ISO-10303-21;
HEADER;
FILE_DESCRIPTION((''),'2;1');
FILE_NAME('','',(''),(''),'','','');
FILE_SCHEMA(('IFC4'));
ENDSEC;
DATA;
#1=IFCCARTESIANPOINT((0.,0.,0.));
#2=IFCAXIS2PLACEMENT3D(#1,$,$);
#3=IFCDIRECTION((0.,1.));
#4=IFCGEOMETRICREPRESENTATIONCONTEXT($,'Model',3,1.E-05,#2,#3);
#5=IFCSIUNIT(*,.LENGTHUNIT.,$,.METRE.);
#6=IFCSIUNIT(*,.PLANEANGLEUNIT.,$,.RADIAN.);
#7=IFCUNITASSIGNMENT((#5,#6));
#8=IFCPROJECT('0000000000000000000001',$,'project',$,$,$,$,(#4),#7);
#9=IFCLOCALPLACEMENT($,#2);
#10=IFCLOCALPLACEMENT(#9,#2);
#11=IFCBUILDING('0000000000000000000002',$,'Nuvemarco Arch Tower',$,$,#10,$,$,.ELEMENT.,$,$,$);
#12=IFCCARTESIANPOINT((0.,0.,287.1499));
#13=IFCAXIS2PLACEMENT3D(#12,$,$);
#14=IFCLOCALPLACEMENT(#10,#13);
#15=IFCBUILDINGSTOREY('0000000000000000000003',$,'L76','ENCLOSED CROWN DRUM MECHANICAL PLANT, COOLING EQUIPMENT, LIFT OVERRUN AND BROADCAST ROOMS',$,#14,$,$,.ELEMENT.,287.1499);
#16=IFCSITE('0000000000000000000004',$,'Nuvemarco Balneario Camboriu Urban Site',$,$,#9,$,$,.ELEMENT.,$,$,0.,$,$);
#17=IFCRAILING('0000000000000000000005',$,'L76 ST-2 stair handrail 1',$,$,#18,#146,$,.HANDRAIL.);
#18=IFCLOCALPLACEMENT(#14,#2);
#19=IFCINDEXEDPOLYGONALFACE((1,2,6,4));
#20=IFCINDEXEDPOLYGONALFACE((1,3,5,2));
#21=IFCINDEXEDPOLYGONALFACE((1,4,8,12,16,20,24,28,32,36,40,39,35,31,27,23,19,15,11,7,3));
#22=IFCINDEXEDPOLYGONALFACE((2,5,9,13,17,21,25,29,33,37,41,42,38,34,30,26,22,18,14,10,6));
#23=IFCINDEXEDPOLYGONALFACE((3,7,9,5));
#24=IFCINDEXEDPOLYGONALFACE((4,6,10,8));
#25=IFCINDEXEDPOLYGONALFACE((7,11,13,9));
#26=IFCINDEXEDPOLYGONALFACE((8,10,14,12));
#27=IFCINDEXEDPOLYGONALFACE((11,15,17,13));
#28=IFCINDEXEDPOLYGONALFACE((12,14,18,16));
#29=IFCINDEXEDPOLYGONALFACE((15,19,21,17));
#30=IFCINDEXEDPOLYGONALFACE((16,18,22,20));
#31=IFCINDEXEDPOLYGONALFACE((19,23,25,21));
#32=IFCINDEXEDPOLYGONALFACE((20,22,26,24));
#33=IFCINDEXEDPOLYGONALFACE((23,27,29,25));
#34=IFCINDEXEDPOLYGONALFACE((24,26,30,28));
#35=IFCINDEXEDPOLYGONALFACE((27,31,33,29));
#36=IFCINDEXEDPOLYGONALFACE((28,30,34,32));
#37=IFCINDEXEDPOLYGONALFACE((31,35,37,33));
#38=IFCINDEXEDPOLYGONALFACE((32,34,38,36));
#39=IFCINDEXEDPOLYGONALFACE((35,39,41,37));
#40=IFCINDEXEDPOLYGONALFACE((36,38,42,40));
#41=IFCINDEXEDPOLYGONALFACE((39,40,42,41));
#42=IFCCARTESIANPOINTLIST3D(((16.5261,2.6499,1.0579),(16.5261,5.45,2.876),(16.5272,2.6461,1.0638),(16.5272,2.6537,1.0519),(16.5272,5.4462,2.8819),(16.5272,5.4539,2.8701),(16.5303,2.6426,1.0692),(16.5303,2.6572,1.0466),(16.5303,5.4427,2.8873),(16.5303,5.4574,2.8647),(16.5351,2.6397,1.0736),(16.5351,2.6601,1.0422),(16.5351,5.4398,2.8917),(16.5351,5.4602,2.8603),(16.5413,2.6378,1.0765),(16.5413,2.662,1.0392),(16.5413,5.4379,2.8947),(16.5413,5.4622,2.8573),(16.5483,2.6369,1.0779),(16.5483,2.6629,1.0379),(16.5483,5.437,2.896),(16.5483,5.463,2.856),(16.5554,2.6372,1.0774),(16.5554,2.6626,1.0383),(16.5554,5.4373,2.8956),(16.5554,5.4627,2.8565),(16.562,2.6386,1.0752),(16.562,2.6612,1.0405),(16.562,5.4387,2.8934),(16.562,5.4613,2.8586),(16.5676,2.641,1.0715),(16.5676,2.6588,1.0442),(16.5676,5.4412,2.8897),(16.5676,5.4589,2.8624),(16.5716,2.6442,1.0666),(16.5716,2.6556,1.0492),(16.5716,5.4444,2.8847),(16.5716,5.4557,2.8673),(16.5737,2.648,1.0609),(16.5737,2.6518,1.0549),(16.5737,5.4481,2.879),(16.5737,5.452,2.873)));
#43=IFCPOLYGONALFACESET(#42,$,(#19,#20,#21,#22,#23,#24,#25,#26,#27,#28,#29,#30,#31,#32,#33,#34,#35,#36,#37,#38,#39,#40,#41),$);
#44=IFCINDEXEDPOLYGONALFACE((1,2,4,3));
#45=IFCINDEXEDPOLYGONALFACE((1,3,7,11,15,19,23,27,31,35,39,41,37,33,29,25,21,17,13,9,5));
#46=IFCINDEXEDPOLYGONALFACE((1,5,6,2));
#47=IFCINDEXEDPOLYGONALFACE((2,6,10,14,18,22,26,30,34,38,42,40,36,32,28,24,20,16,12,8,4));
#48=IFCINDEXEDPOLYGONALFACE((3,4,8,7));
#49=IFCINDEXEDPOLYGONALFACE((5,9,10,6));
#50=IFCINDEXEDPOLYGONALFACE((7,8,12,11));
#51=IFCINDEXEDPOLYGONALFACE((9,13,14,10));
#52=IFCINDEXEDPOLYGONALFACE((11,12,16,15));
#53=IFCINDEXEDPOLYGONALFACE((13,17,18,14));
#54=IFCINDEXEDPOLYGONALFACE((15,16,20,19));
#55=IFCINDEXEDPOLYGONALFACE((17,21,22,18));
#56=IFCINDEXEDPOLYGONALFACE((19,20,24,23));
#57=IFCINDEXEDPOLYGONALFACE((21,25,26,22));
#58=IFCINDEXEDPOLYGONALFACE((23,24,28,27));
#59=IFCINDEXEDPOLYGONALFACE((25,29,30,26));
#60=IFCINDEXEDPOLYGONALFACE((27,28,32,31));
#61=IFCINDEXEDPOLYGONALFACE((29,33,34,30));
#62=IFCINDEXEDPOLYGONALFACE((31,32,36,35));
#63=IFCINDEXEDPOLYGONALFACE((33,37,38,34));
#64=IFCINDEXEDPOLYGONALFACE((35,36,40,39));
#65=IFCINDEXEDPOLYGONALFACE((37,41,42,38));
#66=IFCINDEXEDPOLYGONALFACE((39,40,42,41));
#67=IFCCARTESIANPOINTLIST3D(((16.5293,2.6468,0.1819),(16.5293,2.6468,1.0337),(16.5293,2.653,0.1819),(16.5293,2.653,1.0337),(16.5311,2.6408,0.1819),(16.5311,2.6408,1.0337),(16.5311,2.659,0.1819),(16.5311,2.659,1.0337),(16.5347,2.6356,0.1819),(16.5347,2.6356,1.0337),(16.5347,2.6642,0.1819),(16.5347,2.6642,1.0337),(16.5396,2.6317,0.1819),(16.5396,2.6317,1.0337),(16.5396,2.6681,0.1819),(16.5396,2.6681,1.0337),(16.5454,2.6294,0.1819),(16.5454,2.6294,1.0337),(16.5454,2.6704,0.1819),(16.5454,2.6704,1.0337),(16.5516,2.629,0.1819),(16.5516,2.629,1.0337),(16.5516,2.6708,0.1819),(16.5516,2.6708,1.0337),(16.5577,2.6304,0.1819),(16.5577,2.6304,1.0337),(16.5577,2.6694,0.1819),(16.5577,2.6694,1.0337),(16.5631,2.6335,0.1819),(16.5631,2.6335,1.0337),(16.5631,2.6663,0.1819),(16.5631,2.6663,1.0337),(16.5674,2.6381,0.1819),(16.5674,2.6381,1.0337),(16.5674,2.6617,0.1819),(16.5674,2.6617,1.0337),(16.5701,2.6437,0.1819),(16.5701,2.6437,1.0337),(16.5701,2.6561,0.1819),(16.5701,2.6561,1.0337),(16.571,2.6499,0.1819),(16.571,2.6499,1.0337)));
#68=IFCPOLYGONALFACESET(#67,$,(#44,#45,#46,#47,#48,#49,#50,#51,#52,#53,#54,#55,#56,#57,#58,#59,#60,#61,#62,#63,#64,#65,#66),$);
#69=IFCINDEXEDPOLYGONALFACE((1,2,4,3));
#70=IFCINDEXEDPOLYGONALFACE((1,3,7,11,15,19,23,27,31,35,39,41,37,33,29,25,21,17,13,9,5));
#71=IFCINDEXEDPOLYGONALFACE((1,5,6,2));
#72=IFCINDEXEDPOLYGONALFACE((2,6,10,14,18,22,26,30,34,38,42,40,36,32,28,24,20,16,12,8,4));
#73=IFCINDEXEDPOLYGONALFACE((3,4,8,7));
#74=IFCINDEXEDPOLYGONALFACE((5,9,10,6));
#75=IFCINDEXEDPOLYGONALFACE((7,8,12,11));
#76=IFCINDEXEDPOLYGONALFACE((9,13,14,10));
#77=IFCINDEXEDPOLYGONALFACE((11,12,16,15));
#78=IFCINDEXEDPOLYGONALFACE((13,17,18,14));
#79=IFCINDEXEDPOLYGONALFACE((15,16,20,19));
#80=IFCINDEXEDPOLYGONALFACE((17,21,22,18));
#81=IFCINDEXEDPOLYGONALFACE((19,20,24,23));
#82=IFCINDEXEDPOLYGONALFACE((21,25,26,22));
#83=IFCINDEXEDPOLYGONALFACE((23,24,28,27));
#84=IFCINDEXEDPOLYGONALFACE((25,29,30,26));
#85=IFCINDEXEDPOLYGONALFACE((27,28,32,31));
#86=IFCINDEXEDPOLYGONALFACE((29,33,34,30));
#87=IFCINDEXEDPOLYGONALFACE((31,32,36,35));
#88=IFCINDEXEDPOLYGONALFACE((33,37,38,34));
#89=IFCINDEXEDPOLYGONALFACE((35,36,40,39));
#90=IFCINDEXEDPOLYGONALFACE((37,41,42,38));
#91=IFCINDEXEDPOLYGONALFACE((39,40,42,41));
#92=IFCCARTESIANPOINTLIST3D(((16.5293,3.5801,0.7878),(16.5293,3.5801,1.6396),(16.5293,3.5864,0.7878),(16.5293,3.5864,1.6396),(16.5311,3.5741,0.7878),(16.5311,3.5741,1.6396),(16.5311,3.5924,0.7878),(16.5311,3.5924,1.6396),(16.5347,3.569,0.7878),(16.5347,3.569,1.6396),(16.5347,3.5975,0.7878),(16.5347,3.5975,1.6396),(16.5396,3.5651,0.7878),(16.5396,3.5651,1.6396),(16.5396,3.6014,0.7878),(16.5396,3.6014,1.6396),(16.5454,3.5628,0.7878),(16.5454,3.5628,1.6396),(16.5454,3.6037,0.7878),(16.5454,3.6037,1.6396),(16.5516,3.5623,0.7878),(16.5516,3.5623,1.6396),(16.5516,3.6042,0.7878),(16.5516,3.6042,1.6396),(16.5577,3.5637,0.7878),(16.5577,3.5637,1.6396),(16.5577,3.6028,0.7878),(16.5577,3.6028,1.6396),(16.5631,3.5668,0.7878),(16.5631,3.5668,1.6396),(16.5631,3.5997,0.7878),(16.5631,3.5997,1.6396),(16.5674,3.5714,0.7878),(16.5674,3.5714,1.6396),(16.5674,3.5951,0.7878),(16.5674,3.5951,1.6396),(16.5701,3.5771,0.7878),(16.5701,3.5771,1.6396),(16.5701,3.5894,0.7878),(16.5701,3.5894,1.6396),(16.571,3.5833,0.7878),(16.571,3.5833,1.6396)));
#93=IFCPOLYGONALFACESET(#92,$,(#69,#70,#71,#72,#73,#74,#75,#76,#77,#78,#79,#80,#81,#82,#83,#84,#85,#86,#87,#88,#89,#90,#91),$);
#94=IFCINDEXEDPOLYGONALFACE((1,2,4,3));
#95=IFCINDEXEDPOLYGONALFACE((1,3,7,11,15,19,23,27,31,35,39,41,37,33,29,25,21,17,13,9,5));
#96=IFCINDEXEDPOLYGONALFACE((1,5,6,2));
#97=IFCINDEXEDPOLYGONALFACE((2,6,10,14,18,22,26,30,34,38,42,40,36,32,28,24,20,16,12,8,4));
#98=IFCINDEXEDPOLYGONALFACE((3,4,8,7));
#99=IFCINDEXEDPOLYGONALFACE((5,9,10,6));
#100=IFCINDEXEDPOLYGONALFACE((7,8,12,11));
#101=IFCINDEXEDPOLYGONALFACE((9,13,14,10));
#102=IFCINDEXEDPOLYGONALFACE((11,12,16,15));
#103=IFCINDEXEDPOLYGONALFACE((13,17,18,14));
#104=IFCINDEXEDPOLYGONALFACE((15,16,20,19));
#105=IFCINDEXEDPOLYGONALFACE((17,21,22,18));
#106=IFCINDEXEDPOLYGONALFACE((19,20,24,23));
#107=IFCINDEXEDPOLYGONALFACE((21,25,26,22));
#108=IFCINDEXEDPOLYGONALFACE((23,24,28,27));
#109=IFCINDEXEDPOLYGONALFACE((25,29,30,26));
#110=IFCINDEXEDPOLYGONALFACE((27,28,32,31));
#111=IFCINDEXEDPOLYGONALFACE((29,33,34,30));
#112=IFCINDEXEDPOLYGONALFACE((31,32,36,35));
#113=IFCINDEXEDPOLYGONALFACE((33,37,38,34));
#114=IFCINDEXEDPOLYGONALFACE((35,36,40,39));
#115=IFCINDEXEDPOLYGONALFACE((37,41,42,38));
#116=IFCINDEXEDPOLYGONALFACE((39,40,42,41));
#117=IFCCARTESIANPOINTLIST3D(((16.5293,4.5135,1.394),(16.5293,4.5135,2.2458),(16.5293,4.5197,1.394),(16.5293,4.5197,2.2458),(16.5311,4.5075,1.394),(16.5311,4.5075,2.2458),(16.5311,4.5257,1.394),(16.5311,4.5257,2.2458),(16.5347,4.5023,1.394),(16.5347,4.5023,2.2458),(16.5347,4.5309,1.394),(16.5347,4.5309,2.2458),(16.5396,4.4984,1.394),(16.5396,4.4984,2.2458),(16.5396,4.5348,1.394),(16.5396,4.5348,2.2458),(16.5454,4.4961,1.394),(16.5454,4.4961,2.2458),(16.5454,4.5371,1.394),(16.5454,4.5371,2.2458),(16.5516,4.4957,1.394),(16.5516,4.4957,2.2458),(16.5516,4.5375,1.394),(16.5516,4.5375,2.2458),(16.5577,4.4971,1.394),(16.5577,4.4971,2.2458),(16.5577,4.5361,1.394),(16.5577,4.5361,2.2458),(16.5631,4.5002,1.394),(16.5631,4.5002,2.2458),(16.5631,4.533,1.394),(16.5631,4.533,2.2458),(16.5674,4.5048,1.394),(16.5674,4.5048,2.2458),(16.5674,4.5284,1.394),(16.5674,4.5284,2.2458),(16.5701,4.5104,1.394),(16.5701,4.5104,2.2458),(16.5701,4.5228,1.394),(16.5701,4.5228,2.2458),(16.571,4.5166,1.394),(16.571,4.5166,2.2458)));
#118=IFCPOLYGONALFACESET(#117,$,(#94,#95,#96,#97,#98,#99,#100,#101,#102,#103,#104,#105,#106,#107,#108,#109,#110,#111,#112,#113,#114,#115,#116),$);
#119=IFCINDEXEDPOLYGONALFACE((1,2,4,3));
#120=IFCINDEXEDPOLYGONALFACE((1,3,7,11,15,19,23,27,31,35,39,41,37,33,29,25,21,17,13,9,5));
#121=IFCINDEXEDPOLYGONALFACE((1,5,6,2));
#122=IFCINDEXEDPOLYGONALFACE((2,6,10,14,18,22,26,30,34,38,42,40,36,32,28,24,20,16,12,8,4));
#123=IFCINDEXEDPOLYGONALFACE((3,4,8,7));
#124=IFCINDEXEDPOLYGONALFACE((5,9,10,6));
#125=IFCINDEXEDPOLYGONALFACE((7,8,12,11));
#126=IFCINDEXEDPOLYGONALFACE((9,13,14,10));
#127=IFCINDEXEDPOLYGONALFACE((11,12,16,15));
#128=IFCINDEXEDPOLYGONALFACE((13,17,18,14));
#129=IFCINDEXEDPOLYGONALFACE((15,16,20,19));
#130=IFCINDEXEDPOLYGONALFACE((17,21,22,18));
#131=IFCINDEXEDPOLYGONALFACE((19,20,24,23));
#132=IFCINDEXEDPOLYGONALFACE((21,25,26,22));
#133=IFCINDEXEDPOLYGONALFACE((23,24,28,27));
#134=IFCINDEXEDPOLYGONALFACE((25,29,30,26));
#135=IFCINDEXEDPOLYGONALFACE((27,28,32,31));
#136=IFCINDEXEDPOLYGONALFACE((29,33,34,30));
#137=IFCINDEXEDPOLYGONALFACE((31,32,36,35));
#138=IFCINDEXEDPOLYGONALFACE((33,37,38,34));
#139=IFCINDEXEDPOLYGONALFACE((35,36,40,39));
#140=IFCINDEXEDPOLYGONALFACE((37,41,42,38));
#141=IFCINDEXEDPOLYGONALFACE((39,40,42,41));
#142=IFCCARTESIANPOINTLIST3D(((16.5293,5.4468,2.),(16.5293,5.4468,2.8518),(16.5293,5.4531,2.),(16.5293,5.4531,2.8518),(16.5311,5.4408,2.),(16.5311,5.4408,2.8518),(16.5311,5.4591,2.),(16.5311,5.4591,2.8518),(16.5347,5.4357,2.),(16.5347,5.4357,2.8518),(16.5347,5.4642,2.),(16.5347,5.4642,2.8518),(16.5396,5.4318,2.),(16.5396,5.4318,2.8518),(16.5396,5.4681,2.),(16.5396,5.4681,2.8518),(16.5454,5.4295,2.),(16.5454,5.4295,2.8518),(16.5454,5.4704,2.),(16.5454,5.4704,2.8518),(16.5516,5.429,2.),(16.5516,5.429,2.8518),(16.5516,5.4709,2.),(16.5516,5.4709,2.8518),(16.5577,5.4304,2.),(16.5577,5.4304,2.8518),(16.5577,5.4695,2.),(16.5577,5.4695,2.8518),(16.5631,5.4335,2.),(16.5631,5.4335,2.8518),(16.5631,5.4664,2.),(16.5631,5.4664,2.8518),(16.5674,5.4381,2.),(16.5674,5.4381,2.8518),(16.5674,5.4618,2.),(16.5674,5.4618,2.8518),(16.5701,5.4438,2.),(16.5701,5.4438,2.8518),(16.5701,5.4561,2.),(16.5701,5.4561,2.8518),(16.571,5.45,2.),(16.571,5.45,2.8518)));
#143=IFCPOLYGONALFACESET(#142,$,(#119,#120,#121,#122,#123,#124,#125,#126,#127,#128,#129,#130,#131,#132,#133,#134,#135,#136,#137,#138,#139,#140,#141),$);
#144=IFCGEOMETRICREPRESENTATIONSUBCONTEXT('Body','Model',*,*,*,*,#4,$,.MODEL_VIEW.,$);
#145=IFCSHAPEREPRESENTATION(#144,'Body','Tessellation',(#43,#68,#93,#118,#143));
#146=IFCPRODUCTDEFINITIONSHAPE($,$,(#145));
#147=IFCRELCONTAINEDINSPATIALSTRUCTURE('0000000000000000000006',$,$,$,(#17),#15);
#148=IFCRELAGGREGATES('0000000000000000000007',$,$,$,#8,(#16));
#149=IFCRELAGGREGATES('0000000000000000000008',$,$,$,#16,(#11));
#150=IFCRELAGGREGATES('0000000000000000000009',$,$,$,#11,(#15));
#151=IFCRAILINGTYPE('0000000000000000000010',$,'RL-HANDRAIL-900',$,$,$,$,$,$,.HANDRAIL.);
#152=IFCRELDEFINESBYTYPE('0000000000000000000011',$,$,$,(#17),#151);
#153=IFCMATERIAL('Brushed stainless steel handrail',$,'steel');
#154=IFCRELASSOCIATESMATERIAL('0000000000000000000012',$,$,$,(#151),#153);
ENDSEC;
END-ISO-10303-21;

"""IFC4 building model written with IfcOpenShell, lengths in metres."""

from ifc_helpers import new_model, si_unit, direction, frame, origin, origin_2d, place, context, subcontext, project, spatial, circle, extrude, material, type_object, element, save


model = new_model("IFC4")

# Units and contexts
model_context = context("Model", 3, precision=1e-05, world=origin(), true_north=direction((0.0, 1.0)))
body_context = subcontext(model_context, "Body", "Model", "MODEL_VIEW")
ifc_project = project(units=[si_unit("LENGTHUNIT", "METRE"), si_unit("PLANEANGLEUNIT", "RADIAN")], contexts=[model_context])

# Site, building, storey
site_placement = place(None, origin())
site = spatial("IfcSite", under=ifc_project, at=site_placement, Name="Nuvemarco Balneario Camboriu Urban Site", CompositionType="ELEMENT", RefElevation=0.0)
building_placement = place(site_placement, origin())
building = spatial("IfcBuilding", under=site, at=building_placement, Name="Nuvemarco Arch Tower", CompositionType="ELEMENT")
storey_placement = place(building_placement, frame((0.0, 0.0, 287.1499)))
storey = spatial("IfcBuildingStorey", under=building, at=storey_placement, Name="L76", Description="ENCLOSED CROWN DRUM MECHANICAL PLANT, COOLING EQUIPMENT, LIFT OVERRUN AND BROADCAST ROOMS", CompositionType="ELEMENT", Elevation=287.1499)

# Railing
ifc_material_1 = material(Name="Brushed stainless steel handrail", Category="steel")
railing_type_1 = type_object("IfcRailingType", Name="RL-HANDRAIL-900", PredefinedType="HANDRAIL", material=ifc_material_1)
railing_1_placement = place(storey_placement, frame((16.55, 2.6499, 0.1819)))
element("IfcRailing", 1, at=railing_1_placement, inside=storey, type_object=railing_type_1, Name="L76 ST-2 stair handrail 1", PredefinedType="HANDRAIL", context=body_context, shape_type="SweptSolid", body=[
    extrude(circle(Radius=0.0239, at=origin_2d()), frame((0.0, 0.0, 0.876), z_axis=(0.0, 0.838706, 0.544585), x_axis=(-1.0, 0.0, 0.0)), (0.0, 0.0, 1.0), 3.3386),
    extrude(circle(Radius=0.021, at=origin_2d()), origin(), (0.0, 0.0, 1.0), 0.8518),
    extrude(circle(Radius=0.021, at=origin_2d()), frame((0.0, 0.9333, 0.606)), (0.0, 0.0, 1.0), 0.8518),
    extrude(circle(Radius=0.021, at=origin_2d()), frame((0.0, 1.8667, 1.2122)), (0.0, 0.0, 1.0), 0.8518),
    extrude(circle(Radius=0.021, at=origin_2d()), frame((0.0, 2.8, 1.8181)), (0.0, 0.0, 1.0), 0.8518),
])

save(model, "model.ifc")
